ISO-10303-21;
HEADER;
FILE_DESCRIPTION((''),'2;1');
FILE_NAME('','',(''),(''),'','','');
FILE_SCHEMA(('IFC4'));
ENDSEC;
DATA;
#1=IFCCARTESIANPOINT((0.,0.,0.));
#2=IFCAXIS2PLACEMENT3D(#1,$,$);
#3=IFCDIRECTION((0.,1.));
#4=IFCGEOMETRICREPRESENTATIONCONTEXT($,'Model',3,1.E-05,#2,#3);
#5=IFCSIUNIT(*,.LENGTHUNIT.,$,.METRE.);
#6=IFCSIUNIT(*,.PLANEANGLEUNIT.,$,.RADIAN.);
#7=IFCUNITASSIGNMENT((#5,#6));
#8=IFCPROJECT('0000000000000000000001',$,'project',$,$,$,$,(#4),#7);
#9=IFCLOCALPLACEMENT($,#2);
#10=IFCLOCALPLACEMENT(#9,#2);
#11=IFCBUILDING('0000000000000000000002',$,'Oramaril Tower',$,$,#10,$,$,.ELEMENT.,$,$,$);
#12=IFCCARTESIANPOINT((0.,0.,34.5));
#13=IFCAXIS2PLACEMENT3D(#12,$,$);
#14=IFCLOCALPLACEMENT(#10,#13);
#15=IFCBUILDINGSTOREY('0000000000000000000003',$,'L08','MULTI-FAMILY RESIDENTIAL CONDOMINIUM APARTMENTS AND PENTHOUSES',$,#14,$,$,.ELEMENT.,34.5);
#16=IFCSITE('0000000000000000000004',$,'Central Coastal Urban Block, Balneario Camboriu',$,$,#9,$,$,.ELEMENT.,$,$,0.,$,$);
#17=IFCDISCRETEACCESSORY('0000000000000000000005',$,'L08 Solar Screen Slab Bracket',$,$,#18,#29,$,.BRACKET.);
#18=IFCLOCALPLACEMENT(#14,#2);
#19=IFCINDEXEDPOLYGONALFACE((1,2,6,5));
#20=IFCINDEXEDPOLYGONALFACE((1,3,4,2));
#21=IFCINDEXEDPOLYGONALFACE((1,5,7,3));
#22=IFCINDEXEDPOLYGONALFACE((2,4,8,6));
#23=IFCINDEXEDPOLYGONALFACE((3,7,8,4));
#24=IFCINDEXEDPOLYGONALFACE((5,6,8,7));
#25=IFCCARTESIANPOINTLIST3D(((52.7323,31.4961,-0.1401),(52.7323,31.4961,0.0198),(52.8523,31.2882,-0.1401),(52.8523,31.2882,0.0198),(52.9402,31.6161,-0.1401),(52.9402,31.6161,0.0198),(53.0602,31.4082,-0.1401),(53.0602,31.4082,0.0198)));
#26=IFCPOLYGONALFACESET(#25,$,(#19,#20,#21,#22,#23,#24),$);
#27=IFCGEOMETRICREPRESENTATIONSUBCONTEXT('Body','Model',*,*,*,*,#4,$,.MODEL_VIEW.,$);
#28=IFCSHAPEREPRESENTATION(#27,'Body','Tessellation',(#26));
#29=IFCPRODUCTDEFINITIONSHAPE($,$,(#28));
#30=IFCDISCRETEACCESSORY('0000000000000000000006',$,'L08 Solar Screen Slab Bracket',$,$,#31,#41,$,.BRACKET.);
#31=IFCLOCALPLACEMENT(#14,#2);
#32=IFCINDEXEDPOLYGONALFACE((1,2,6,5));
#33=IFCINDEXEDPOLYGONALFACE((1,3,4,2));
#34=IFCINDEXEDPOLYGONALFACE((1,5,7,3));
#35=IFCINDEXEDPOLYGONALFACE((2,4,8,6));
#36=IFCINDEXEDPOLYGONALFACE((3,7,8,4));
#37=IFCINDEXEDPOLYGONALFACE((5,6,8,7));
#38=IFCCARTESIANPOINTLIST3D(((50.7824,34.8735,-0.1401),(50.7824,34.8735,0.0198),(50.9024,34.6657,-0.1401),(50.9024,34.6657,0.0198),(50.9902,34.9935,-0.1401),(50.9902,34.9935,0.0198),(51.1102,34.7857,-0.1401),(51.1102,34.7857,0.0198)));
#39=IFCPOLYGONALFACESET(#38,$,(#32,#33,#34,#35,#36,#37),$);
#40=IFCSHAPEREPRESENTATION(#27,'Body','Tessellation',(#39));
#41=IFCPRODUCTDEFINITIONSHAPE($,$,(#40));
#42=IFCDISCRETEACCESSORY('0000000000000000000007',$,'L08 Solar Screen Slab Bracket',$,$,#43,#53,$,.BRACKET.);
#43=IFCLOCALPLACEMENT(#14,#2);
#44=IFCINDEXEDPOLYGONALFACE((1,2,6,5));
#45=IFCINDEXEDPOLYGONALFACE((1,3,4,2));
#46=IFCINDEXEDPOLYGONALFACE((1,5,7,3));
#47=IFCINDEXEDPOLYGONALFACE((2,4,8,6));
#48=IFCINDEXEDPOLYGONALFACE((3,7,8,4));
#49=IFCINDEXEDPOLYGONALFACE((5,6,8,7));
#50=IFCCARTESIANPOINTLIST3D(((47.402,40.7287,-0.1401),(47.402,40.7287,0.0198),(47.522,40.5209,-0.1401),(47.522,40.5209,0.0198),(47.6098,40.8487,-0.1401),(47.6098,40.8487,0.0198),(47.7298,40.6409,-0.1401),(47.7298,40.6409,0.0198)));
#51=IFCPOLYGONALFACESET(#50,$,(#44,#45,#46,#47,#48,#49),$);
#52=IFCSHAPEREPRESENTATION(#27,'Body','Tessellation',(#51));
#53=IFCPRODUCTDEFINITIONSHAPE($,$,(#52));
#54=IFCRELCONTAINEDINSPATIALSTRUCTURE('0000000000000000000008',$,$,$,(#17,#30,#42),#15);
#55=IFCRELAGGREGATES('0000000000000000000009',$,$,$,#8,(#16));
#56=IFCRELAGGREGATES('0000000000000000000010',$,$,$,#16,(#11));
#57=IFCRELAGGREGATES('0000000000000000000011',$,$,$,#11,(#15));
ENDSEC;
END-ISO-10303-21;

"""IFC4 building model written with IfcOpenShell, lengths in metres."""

from ifc_helpers import new_model, si_unit, direction, frame, origin, origin_2d, place, context, subcontext, project, spatial, rectangle, extrude, element, save


model = new_model("IFC4")

# Units and contexts
model_context = context("Model", 3, precision=1e-05, world=origin(), true_north=direction((0.0, 1.0)))
body_context = subcontext(model_context, "Body", "Model", "MODEL_VIEW")
ifc_project = project(units=[si_unit("LENGTHUNIT", "METRE"), si_unit("PLANEANGLEUNIT", "RADIAN")], contexts=[model_context])

# Site, building, storey
site_placement = place(None, origin())
site = spatial("IfcSite", under=ifc_project, at=site_placement, Name="Central Coastal Urban Block, Balneario Camboriu", CompositionType="ELEMENT", RefElevation=0.0)
building_placement = place(site_placement, origin())
building = spatial("IfcBuilding", under=site, at=building_placement, Name="Oramaril Tower", CompositionType="ELEMENT")
storey_placement = place(building_placement, frame((0.0, 0.0, 34.5)))
storey = spatial("IfcBuildingStorey", under=building, at=storey_placement, Name="L08", Description="MULTI-FAMILY RESIDENTIAL CONDOMINIUM APARTMENTS AND PENTHOUSES", CompositionType="ELEMENT", Elevation=34.5)

# Discrete accessories
for number, where, z_axis, x_axis, name in (
    (1, (52.8962, 31.4521, -0.1401), (0.0, 0.0, 1.0), (-0.5, 0.866025, 0.0), "L08 Solar Screen Slab Bracket"),
    (2, (50.9463, 34.8296, -0.1401), (0.0, 0.0, 1.0), (-0.5, 0.866025, 0.0), "L08 Solar Screen Slab Bracket"),
    (3, (47.5659, 40.6848, -0.1401), (0.0, 0.0, 1.0), (-0.5, 0.866025, 0.0), "L08 Solar Screen Slab Bracket"),
):
    element("IfcDiscreteAccessory", number, at=place(storey_placement, frame(where, z_axis=z_axis, x_axis=x_axis)), inside=storey, Name=name, PredefinedType="BRACKET", context=body_context, shape_type="SweptSolid", body=[
        extrude(rectangle(XDim=0.24, YDim=0.24, at=origin_2d()), origin(), (0.0, 0.0, 1.0), 0.1599),
    ])

save(model, "model.ifc")
